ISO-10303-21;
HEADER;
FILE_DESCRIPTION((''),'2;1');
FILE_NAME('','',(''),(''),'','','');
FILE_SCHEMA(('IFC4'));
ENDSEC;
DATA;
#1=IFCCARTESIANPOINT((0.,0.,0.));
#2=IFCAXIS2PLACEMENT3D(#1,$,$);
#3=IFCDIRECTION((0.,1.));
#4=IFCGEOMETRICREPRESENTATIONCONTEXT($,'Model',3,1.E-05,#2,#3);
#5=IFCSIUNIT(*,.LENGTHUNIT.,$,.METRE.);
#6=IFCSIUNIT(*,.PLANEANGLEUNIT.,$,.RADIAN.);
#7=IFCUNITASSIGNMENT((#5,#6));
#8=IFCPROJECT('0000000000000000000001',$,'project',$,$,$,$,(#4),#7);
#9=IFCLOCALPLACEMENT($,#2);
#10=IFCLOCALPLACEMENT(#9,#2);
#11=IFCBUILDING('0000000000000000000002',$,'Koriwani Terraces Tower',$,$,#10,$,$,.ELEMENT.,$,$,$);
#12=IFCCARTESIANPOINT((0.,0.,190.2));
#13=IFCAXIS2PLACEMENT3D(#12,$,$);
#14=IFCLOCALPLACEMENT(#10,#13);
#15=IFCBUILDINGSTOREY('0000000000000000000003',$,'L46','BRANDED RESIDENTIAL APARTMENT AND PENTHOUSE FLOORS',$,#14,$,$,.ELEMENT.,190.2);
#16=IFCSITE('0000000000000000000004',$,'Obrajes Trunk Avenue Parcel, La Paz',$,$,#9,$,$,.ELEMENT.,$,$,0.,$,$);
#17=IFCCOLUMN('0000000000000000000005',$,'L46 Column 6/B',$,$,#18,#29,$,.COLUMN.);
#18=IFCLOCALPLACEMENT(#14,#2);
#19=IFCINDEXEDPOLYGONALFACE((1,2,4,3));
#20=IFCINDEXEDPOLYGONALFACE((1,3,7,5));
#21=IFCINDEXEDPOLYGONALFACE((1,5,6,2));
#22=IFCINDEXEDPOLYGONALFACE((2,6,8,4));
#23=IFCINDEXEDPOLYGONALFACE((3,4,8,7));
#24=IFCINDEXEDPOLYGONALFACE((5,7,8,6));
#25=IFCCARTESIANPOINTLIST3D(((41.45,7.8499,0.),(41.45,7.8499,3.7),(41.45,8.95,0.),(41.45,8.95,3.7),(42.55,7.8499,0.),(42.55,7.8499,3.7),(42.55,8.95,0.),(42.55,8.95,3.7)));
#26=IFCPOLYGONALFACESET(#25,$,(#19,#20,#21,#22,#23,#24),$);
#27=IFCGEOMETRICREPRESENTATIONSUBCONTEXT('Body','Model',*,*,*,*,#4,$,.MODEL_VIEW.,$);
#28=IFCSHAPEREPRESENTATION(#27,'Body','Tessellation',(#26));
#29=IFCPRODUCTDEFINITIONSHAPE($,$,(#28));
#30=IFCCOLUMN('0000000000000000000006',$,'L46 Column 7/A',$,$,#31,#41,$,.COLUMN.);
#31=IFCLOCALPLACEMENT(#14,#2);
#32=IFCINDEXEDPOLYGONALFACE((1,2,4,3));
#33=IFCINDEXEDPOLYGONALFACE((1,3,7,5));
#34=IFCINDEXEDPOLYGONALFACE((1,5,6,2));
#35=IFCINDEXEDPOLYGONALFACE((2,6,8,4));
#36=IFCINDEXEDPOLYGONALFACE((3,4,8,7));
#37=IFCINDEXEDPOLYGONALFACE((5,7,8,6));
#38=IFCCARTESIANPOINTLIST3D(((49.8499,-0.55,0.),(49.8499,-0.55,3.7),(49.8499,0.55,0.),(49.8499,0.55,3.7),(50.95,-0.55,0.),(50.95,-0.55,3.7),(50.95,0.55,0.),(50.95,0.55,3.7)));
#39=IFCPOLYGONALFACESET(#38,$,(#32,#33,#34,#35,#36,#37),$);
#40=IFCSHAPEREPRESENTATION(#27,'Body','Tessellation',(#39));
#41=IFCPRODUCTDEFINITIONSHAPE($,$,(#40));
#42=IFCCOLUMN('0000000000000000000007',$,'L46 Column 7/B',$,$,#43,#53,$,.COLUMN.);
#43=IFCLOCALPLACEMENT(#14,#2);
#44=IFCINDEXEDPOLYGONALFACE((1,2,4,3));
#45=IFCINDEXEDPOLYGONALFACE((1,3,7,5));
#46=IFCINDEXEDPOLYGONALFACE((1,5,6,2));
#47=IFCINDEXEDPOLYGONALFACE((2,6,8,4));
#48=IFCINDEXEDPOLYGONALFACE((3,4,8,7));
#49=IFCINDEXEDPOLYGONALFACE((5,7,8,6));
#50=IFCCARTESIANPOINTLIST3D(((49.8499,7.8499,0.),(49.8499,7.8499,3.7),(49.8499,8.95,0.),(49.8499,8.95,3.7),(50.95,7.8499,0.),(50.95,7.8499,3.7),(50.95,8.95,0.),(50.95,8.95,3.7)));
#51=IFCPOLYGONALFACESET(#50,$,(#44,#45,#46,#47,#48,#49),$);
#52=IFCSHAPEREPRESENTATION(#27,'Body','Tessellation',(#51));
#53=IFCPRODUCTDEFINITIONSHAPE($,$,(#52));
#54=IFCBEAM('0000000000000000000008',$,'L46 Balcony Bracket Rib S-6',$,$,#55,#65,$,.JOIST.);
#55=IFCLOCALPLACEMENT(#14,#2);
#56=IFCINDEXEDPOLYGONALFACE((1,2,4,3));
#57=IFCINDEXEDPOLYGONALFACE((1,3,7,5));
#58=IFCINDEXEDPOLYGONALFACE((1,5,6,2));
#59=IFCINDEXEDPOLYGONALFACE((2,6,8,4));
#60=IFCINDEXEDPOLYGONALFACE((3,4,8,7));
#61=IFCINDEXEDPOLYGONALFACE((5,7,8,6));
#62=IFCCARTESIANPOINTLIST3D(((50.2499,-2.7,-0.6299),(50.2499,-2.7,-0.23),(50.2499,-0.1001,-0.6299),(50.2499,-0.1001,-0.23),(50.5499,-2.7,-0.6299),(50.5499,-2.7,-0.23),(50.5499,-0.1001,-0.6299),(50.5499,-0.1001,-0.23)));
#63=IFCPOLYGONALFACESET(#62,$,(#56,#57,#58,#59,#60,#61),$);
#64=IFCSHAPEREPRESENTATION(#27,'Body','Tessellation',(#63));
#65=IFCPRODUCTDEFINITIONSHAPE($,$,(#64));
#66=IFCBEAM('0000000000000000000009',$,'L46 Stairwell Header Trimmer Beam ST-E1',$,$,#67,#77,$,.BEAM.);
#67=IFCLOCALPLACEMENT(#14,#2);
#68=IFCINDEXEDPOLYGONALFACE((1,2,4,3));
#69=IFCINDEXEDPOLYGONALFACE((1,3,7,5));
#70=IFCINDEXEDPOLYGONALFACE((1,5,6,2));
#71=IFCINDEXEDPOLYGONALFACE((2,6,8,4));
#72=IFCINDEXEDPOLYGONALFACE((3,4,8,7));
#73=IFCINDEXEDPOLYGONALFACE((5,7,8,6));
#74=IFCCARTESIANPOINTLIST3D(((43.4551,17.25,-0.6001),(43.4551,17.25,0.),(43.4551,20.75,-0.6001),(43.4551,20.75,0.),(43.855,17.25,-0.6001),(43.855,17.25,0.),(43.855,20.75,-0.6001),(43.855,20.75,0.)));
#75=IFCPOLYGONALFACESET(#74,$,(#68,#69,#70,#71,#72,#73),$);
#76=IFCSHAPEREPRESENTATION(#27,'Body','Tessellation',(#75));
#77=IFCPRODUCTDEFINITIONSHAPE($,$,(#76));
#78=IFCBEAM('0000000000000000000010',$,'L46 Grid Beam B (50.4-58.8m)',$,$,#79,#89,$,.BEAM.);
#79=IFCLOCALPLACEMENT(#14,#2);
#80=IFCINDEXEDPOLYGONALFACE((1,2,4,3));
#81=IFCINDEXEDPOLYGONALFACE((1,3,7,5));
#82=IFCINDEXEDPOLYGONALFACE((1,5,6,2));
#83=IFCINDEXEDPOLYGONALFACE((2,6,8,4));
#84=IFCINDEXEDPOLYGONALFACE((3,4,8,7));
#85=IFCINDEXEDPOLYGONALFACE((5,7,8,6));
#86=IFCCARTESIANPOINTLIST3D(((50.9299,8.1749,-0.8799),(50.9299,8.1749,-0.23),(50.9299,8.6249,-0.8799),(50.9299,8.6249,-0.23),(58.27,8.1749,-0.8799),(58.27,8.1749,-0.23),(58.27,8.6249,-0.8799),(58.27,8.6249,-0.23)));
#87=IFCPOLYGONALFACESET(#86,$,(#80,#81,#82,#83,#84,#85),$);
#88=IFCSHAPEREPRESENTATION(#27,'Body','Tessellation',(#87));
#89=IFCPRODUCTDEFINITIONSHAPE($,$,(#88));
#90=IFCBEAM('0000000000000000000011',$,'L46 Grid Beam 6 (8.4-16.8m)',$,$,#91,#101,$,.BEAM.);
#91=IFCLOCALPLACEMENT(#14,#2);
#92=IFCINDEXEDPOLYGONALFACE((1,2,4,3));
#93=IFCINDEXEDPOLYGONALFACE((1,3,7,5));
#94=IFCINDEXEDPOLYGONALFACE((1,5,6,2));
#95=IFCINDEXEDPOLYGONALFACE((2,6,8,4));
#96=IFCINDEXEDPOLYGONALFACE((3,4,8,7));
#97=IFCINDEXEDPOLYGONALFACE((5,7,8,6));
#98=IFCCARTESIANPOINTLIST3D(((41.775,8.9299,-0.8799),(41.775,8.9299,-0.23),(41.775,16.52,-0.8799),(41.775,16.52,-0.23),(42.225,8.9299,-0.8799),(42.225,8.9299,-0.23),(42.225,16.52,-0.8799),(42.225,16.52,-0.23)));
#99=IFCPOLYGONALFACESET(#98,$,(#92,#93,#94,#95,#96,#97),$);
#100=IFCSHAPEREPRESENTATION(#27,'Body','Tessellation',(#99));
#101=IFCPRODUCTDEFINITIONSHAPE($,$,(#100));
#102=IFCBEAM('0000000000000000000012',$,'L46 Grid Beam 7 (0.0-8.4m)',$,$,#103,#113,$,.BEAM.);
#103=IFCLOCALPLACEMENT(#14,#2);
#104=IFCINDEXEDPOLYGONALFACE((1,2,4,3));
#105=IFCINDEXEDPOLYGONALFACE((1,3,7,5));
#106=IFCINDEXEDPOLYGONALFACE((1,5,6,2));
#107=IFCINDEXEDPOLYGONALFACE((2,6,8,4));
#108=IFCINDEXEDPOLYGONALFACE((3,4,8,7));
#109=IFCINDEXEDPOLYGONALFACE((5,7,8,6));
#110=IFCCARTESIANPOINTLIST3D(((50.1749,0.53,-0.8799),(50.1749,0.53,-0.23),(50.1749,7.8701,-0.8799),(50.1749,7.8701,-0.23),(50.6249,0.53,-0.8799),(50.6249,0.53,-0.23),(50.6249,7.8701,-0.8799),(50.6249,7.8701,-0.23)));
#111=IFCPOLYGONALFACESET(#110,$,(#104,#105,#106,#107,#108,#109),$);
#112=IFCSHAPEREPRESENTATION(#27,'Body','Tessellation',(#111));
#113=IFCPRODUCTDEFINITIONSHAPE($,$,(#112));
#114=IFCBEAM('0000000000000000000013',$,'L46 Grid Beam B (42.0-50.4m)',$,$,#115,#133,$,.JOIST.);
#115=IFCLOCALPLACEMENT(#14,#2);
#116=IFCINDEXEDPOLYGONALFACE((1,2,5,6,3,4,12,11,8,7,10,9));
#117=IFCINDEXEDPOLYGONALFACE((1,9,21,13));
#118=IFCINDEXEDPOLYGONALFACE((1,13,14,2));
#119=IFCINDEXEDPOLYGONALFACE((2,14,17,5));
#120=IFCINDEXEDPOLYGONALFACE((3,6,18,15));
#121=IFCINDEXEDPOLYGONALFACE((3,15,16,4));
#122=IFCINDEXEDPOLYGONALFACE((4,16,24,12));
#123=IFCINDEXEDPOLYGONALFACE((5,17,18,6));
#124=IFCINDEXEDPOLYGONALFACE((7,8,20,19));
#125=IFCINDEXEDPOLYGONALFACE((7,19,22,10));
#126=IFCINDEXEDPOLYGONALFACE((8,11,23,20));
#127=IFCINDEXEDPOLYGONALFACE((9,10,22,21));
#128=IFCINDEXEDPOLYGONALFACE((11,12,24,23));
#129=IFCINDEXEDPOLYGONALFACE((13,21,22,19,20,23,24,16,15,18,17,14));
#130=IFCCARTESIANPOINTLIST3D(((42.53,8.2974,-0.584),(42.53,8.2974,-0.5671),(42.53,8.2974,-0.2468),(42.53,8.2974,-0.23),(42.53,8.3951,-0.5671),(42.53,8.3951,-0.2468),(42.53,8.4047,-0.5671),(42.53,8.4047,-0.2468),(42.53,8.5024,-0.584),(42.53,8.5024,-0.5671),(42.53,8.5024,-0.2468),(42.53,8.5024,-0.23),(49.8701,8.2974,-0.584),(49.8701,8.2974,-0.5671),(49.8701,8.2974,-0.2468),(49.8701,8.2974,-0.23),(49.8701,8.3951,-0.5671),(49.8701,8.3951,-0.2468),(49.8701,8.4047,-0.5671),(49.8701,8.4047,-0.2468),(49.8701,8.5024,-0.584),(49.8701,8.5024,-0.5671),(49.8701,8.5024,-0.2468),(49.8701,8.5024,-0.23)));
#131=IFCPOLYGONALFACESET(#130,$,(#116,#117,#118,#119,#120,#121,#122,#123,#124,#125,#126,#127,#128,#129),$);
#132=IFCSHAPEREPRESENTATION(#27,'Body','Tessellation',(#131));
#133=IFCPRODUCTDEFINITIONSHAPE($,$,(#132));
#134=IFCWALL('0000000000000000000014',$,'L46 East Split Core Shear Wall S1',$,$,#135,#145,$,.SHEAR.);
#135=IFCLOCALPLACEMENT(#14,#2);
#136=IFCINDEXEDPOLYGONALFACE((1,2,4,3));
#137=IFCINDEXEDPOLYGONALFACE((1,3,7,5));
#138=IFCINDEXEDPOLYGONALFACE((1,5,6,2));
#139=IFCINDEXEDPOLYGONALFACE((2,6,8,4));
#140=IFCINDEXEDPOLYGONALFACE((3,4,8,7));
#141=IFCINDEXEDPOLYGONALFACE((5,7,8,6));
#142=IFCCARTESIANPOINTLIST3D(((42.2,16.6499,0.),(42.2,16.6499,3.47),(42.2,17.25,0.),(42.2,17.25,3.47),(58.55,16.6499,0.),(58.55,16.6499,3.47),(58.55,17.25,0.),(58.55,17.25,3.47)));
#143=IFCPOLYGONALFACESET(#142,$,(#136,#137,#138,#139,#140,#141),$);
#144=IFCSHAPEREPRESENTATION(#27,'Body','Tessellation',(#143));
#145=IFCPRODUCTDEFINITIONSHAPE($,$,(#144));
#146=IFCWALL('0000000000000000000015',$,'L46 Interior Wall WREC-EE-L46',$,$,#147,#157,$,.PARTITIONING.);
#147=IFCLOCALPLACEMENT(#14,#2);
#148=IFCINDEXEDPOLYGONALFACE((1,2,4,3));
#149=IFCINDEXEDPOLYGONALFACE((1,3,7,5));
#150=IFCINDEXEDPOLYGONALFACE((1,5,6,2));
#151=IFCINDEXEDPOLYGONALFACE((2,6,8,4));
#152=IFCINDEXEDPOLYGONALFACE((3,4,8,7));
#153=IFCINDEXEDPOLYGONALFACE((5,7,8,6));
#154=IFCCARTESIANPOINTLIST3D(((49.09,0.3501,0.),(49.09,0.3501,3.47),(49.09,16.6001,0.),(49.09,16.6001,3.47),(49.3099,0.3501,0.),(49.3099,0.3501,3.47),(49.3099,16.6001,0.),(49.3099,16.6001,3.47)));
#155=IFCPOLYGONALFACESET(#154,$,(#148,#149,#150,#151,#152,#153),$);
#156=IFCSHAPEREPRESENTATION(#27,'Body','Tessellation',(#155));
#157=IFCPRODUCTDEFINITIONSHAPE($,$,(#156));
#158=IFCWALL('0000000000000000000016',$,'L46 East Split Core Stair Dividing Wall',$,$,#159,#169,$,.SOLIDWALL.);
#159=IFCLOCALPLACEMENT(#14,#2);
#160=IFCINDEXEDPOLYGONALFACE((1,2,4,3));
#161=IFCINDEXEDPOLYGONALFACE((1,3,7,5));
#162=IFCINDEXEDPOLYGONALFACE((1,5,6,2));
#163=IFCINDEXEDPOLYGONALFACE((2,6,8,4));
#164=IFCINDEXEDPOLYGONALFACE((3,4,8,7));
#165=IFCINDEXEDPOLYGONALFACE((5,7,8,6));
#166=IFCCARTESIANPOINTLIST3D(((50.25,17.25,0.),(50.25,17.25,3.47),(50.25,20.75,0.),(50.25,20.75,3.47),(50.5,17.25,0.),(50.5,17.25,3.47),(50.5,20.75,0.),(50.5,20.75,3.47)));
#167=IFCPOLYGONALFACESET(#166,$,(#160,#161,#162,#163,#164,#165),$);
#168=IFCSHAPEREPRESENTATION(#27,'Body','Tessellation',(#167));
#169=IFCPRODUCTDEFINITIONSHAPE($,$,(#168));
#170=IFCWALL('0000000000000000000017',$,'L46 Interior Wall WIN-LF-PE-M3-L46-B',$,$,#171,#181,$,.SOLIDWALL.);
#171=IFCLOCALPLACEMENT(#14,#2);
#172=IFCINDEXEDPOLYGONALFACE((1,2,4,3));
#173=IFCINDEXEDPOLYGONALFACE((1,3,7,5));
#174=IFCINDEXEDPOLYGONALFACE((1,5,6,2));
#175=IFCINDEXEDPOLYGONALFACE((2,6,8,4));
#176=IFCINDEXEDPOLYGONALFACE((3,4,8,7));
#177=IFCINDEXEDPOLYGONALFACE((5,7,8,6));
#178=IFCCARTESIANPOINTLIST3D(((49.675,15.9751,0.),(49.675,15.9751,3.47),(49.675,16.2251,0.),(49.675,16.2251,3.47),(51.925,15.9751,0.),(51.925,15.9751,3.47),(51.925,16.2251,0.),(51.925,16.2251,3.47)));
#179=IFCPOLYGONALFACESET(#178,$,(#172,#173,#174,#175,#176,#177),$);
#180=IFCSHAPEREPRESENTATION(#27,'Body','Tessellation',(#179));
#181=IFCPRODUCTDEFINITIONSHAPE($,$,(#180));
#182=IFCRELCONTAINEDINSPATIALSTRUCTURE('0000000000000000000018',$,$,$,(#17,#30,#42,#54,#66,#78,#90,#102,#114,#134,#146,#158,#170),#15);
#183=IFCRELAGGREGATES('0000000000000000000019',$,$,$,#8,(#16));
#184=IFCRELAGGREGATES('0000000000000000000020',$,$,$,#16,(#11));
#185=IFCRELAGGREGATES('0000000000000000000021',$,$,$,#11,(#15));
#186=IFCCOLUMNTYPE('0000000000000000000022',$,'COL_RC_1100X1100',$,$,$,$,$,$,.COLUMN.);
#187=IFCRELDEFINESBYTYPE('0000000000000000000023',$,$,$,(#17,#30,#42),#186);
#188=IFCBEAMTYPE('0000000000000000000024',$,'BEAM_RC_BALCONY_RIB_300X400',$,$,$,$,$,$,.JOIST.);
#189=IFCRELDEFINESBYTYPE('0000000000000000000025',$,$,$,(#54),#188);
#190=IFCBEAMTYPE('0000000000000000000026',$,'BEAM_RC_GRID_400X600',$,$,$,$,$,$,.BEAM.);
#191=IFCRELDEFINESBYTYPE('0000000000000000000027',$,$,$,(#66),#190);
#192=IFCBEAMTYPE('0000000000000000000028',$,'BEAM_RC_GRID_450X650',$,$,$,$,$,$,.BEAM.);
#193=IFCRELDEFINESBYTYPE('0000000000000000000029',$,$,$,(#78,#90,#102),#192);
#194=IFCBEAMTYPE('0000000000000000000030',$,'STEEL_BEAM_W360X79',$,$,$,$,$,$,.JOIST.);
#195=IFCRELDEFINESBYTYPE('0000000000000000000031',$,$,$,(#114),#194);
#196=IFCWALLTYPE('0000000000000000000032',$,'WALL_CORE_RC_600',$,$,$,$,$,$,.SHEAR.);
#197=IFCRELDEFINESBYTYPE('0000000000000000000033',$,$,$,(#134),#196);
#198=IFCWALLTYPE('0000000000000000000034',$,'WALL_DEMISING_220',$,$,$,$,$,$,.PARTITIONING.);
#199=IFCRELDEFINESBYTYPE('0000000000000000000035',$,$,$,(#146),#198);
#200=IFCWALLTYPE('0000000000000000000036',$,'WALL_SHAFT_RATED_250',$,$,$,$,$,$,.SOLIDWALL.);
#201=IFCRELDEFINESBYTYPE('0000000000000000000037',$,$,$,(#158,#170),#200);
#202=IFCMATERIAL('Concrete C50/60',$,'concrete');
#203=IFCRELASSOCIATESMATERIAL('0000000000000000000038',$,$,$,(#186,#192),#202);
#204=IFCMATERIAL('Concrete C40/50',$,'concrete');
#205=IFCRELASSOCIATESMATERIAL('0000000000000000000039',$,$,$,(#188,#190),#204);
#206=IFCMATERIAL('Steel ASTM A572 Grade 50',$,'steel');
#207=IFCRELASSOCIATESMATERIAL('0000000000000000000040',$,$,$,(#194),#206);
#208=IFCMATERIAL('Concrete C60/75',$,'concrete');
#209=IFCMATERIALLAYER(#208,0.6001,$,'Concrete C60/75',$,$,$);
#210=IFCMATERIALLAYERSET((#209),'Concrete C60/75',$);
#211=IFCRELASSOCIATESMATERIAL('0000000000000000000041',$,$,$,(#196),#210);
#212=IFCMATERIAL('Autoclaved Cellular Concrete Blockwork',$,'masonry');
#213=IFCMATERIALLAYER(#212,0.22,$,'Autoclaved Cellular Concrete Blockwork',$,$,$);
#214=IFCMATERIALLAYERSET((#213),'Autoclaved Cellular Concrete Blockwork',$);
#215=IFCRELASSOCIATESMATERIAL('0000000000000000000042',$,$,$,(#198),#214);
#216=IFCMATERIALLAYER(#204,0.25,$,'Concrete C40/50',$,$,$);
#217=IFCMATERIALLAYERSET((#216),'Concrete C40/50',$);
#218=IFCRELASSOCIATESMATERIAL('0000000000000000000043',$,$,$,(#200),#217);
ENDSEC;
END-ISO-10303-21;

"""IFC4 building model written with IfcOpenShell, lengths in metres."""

from ifc_helpers import new_model, si_unit, direction, frame, frame_2d, origin, origin_2d, place, context, subcontext, project, spatial, rectangle, i_section, extrude, material, layer, layer_set, material_profile, profile_set, type_object, element, save


model = new_model("IFC4")

# Units and contexts
model_context = context("Model", 3, precision=1e-05, world=origin(), true_north=direction((0.0, 1.0)))
body_context = subcontext(model_context, "Body", "Model", "MODEL_VIEW")
ifc_project = project(units=[si_unit("LENGTHUNIT", "METRE"), si_unit("PLANEANGLEUNIT", "RADIAN")], contexts=[model_context])

# Site, building, storey
site_placement = place(None, origin())
site = spatial("IfcSite", under=ifc_project, at=site_placement, Name="Obrajes Trunk Avenue Parcel, La Paz", CompositionType="ELEMENT", RefElevation=0.0)
building_placement = place(site_placement, origin())
building = spatial("IfcBuilding", under=site, at=building_placement, Name="Koriwani Terraces Tower", CompositionType="ELEMENT")
storey_placement = place(building_placement, frame((0.0, 0.0, 190.2)))
storey = spatial("IfcBuildingStorey", under=building, at=storey_placement, Name="L46", Description="BRANDED RESIDENTIAL APARTMENT AND PENTHOUSE FLOORS", CompositionType="ELEMENT", Elevation=190.2)

# Columns
ifc_material_1 = material(Name="Concrete C50/60", Category="concrete")
ifc_material_profile_1 = material_profile(ifc_material_1, rectangle(XDim=1.1001, YDim=1.1001, at=origin_2d()), Name="Concrete C50/60", Category="LoadBearing")
ifc_profile_set_1 = profile_set([ifc_material_profile_1], Name="Concrete C50/60")
column_type = type_object("IfcColumnType", Name="COL_RC_1100X1100", PredefinedType="COLUMN", material=ifc_profile_set_1)
for number, where, z_axis, x_axis, name in (
    (1, (42.0, 8.3999, 0.0), (0.0, 0.0, 1.0), (1.0, 0.0, 0.0), "L46 Column 6/B"),
    (2, (50.3999, 0.0, 0.0), (0.0, 0.0, 1.0), (1.0, 0.0, 0.0), "L46 Column 7/A"),
    (3, (50.3999, 8.3999, 0.0), (0.0, 0.0, 1.0), (1.0, 0.0, 0.0), "L46 Column 7/B"),
):
    element("IfcColumn", number, at=place(storey_placement, frame(where, z_axis=z_axis, x_axis=x_axis)), inside=storey, type_object=column_type, Name=name, PredefinedType="COLUMN", context=body_context, shape_type="SweptSolid", body=[
        extrude(rectangle(XDim=1.1001, YDim=1.1001, at=origin_2d()), origin(), (0.0, 0.0, 1.0), 3.7),
    ])

# Beams
ifc_material_2 = material(Name="Concrete C40/50", Category="concrete")
ifc_material_profile_2 = material_profile(ifc_material_2, rectangle(XDim=0.3, YDim=0.3999, at=origin_2d()), Name="Concrete C40/50", Category="LoadBearing")
ifc_profile_set_2 = profile_set([ifc_material_profile_2], Name="Concrete C40/50")
beam_type_1 = type_object("IfcBeamType", Name="BEAM_RC_BALCONY_RIB_300X400", PredefinedType="JOIST", material=ifc_profile_set_2)
beam_1_placement = place(storey_placement, frame((50.3999, -2.7, -0.4299), z_axis=(0.0, 1.0, 0.0), x_axis=(-1.0, 0.0, 0.0)))
element("IfcBeam", 4, at=beam_1_placement, inside=storey, type_object=beam_type_1, Name="L46 Balcony Bracket Rib S-6", PredefinedType="JOIST", context=body_context, shape_type="SweptSolid", body=[
    extrude(rectangle(XDim=0.3, YDim=0.3999, at=origin_2d()), origin(), (0.0, 0.0, 1.0), 2.5999),
])
ifc_material_profile_3 = material_profile(ifc_material_2, rectangle(XDim=0.3999, YDim=0.6001, at=origin_2d()), Name="Concrete C40/50", Category="LoadBearing")
ifc_profile_set_3 = profile_set([ifc_material_profile_3], Name="Concrete C40/50")
beam_type_2 = type_object("IfcBeamType", Name="BEAM_RC_GRID_400X600", PredefinedType="BEAM", material=ifc_profile_set_3)
beam_2_placement = place(storey_placement, frame((43.655, 17.25, -0.3), z_axis=(0.0, 1.0, 0.0), x_axis=(-1.0, 0.0, 0.0)))
element("IfcBeam", 5, at=beam_2_placement, inside=storey, type_object=beam_type_2, Name="L46 Stairwell Header Trimmer Beam ST-E1", PredefinedType="BEAM", context=body_context, shape_type="SweptSolid", body=[
    extrude(rectangle(XDim=0.3999, YDim=0.6001, at=origin_2d()), origin(), (0.0, 0.0, 1.0), 3.5),
])
ifc_material_profile_4 = material_profile(ifc_material_1, rectangle(XDim=0.45, YDim=0.6499, at=origin_2d()), Name="Concrete C50/60", Category="LoadBearing")
ifc_profile_set_4 = profile_set([ifc_material_profile_4], Name="Concrete C50/60")
beam_type_3 = type_object("IfcBeamType", Name="BEAM_RC_GRID_450X650", PredefinedType="BEAM", material=ifc_profile_set_4)
beam_3_placement = place(storey_placement, frame((50.9299, 8.3999, -0.5549), z_axis=(1.0, 0.0, 0.0), x_axis=(0.0, 1.0, 0.0)))
element("IfcBeam", 6, at=beam_3_placement, inside=storey, type_object=beam_type_3, Name="L46 Grid Beam B (50.4-58.8m)", PredefinedType="BEAM", context=body_context, shape_type="SweptSolid", body=[
    extrude(rectangle(XDim=0.45, YDim=0.6499, at=origin_2d()), origin(), (0.0, 0.0, 1.0), 7.3401),
])
beam_4_placement = place(storey_placement, frame((42.0, 8.9299, -0.5549), z_axis=(0.0, 1.0, 0.0), x_axis=(-1.0, 0.0, 0.0)))
element("IfcBeam", 7, at=beam_4_placement, inside=storey, type_object=beam_type_3, Name="L46 Grid Beam 6 (8.4-16.8m)", PredefinedType="BEAM", context=body_context, shape_type="SweptSolid", body=[
    extrude(rectangle(XDim=0.45, YDim=0.6499, at=origin_2d()), origin(), (0.0, 0.0, 1.0), 7.5901),
])
beam_5_placement = place(storey_placement, frame((50.3999, 0.53, -0.5549), z_axis=(0.0, 1.0, 0.0), x_axis=(-1.0, 0.0, 0.0)))
element("IfcBeam", 8, at=beam_5_placement, inside=storey, type_object=beam_type_3, Name="L46 Grid Beam 7 (0.0-8.4m)", PredefinedType="BEAM", context=body_context, shape_type="SweptSolid", body=[
    extrude(rectangle(XDim=0.45, YDim=0.6499, at=origin_2d()), origin(), (0.0, 0.0, 1.0), 7.3401),
])
ifc_material_3 = material(Name="Steel ASTM A572 Grade 50", Category="steel")
ifc_material_profile_5 = material_profile(ifc_material_3, i_section(OverallWidth=0.2051, OverallDepth=0.354, WebThickness=0.0095, FlangeThickness=0.0168, at=origin_2d()), Name="Steel ASTM A572 Grade 50", Category="LoadBearing")
ifc_profile_set_5 = profile_set([ifc_material_profile_5], Name="Steel ASTM A572 Grade 50")
beam_type_4 = type_object("IfcBeamType", Name="STEEL_BEAM_W360X79", PredefinedType="JOIST", material=ifc_profile_set_5)
beam_6_placement = place(storey_placement, frame((42.53, 8.3999, -0.407), z_axis=(1.0, 0.0, 0.0), x_axis=(0.0, 1.0, 0.0)))
element("IfcBeam", 9, at=beam_6_placement, inside=storey, type_object=beam_type_4, Name="L46 Grid Beam B (42.0-50.4m)", PredefinedType="JOIST", context=body_context, shape_type="SweptSolid", body=[
    extrude(i_section(OverallWidth=0.2051, OverallDepth=0.354, WebThickness=0.0095, FlangeThickness=0.0168, at=origin_2d()), origin(), (0.0, 0.0, 1.0), 7.3401),
])

# Walls
ifc_material_4 = material(Name="Concrete C60/75", Category="concrete")
ifc_layer_1 = layer(ifc_material_4, 0.6001, Name="Concrete C60/75")
ifc_layer_set_1 = layer_set([ifc_layer_1], Name="Concrete C60/75")
wall_type_1 = type_object("IfcWallType", Name="WALL_CORE_RC_600", PredefinedType="SHEAR", material=ifc_layer_set_1)
wall_1_placement = place(storey_placement, frame((42.2, 16.95, 0.0), z_axis=(0.0, 0.0, 1.0), x_axis=(1.0, 0.0, 0.0)))
element("IfcWall", 10, at=wall_1_placement, inside=storey, type_object=wall_type_1, Name="L46 East Split Core Shear Wall S1", PredefinedType="SHEAR", context=body_context, shape_type="SweptSolid", body=[
    extrude(rectangle(XDim=16.3501, YDim=0.6001, at=frame_2d((8.175, 0.0))), origin(), (0.0, 0.0, 1.0), 3.47),
])
ifc_material_5 = material(Name="Autoclaved Cellular Concrete Blockwork", Category="masonry")
ifc_layer_2 = layer(ifc_material_5, 0.22, Name="Autoclaved Cellular Concrete Blockwork")
ifc_layer_set_2 = layer_set([ifc_layer_2], Name="Autoclaved Cellular Concrete Blockwork")
wall_type_2 = type_object("IfcWallType", Name="WALL_DEMISING_220", PredefinedType="PARTITIONING", material=ifc_layer_set_2)
wall_2_placement = place(storey_placement, frame((49.2, 0.3501, 0.0), z_axis=(0.0, 0.0, 1.0), x_axis=(0.0, 1.0, 0.0)))
element("IfcWall", 11, at=wall_2_placement, inside=storey, type_object=wall_type_2, Name="L46 Interior Wall WREC-EE-L46", PredefinedType="PARTITIONING", context=body_context, shape_type="SweptSolid", body=[
    extrude(rectangle(XDim=16.25, YDim=0.22, at=frame_2d((8.125, 0.0))), origin(), (0.0, 0.0, 1.0), 3.47),
])
ifc_layer_3 = layer(ifc_material_2, 0.25, Name="Concrete C40/50")
ifc_layer_set_3 = layer_set([ifc_layer_3], Name="Concrete C40/50")
wall_type_3 = type_object("IfcWallType", Name="WALL_SHAFT_RATED_250", PredefinedType="SOLIDWALL", material=ifc_layer_set_3)
wall_3_placement = place(storey_placement, frame((50.375, 17.25, 0.0), z_axis=(0.0, 0.0, 1.0), x_axis=(0.0, 1.0, 0.0)))
element("IfcWall", 12, at=wall_3_placement, inside=storey, type_object=wall_type_3, Name="L46 East Split Core Stair Dividing Wall", PredefinedType="SOLIDWALL", context=body_context, shape_type="SweptSolid", body=[
    extrude(rectangle(XDim=3.5, YDim=0.25, at=frame_2d((1.75, 0.0))), origin(), (0.0, 0.0, 1.0), 3.47),
])

# Wall
for number, where, z_axis, x_axis, name in (
    (13, (49.675, 16.1001, 0.0), (0.0, 0.0, 1.0), (1.0, 0.0, 0.0), "L46 Interior Wall WIN-LF-PE-M3-L46-B"),
):
    element("IfcWall", number, at=place(storey_placement, frame(where, z_axis=z_axis, x_axis=x_axis)), inside=storey, type_object=wall_type_3, Name=name, PredefinedType="SOLIDWALL", context=body_context, shape_type="SweptSolid", body=[
        extrude(rectangle(XDim=2.25, YDim=0.25, at=frame_2d((1.125, 0.0))), origin(), (0.0, 0.0, 1.0), 3.47),
    ])

save(model, "model.ifc")
